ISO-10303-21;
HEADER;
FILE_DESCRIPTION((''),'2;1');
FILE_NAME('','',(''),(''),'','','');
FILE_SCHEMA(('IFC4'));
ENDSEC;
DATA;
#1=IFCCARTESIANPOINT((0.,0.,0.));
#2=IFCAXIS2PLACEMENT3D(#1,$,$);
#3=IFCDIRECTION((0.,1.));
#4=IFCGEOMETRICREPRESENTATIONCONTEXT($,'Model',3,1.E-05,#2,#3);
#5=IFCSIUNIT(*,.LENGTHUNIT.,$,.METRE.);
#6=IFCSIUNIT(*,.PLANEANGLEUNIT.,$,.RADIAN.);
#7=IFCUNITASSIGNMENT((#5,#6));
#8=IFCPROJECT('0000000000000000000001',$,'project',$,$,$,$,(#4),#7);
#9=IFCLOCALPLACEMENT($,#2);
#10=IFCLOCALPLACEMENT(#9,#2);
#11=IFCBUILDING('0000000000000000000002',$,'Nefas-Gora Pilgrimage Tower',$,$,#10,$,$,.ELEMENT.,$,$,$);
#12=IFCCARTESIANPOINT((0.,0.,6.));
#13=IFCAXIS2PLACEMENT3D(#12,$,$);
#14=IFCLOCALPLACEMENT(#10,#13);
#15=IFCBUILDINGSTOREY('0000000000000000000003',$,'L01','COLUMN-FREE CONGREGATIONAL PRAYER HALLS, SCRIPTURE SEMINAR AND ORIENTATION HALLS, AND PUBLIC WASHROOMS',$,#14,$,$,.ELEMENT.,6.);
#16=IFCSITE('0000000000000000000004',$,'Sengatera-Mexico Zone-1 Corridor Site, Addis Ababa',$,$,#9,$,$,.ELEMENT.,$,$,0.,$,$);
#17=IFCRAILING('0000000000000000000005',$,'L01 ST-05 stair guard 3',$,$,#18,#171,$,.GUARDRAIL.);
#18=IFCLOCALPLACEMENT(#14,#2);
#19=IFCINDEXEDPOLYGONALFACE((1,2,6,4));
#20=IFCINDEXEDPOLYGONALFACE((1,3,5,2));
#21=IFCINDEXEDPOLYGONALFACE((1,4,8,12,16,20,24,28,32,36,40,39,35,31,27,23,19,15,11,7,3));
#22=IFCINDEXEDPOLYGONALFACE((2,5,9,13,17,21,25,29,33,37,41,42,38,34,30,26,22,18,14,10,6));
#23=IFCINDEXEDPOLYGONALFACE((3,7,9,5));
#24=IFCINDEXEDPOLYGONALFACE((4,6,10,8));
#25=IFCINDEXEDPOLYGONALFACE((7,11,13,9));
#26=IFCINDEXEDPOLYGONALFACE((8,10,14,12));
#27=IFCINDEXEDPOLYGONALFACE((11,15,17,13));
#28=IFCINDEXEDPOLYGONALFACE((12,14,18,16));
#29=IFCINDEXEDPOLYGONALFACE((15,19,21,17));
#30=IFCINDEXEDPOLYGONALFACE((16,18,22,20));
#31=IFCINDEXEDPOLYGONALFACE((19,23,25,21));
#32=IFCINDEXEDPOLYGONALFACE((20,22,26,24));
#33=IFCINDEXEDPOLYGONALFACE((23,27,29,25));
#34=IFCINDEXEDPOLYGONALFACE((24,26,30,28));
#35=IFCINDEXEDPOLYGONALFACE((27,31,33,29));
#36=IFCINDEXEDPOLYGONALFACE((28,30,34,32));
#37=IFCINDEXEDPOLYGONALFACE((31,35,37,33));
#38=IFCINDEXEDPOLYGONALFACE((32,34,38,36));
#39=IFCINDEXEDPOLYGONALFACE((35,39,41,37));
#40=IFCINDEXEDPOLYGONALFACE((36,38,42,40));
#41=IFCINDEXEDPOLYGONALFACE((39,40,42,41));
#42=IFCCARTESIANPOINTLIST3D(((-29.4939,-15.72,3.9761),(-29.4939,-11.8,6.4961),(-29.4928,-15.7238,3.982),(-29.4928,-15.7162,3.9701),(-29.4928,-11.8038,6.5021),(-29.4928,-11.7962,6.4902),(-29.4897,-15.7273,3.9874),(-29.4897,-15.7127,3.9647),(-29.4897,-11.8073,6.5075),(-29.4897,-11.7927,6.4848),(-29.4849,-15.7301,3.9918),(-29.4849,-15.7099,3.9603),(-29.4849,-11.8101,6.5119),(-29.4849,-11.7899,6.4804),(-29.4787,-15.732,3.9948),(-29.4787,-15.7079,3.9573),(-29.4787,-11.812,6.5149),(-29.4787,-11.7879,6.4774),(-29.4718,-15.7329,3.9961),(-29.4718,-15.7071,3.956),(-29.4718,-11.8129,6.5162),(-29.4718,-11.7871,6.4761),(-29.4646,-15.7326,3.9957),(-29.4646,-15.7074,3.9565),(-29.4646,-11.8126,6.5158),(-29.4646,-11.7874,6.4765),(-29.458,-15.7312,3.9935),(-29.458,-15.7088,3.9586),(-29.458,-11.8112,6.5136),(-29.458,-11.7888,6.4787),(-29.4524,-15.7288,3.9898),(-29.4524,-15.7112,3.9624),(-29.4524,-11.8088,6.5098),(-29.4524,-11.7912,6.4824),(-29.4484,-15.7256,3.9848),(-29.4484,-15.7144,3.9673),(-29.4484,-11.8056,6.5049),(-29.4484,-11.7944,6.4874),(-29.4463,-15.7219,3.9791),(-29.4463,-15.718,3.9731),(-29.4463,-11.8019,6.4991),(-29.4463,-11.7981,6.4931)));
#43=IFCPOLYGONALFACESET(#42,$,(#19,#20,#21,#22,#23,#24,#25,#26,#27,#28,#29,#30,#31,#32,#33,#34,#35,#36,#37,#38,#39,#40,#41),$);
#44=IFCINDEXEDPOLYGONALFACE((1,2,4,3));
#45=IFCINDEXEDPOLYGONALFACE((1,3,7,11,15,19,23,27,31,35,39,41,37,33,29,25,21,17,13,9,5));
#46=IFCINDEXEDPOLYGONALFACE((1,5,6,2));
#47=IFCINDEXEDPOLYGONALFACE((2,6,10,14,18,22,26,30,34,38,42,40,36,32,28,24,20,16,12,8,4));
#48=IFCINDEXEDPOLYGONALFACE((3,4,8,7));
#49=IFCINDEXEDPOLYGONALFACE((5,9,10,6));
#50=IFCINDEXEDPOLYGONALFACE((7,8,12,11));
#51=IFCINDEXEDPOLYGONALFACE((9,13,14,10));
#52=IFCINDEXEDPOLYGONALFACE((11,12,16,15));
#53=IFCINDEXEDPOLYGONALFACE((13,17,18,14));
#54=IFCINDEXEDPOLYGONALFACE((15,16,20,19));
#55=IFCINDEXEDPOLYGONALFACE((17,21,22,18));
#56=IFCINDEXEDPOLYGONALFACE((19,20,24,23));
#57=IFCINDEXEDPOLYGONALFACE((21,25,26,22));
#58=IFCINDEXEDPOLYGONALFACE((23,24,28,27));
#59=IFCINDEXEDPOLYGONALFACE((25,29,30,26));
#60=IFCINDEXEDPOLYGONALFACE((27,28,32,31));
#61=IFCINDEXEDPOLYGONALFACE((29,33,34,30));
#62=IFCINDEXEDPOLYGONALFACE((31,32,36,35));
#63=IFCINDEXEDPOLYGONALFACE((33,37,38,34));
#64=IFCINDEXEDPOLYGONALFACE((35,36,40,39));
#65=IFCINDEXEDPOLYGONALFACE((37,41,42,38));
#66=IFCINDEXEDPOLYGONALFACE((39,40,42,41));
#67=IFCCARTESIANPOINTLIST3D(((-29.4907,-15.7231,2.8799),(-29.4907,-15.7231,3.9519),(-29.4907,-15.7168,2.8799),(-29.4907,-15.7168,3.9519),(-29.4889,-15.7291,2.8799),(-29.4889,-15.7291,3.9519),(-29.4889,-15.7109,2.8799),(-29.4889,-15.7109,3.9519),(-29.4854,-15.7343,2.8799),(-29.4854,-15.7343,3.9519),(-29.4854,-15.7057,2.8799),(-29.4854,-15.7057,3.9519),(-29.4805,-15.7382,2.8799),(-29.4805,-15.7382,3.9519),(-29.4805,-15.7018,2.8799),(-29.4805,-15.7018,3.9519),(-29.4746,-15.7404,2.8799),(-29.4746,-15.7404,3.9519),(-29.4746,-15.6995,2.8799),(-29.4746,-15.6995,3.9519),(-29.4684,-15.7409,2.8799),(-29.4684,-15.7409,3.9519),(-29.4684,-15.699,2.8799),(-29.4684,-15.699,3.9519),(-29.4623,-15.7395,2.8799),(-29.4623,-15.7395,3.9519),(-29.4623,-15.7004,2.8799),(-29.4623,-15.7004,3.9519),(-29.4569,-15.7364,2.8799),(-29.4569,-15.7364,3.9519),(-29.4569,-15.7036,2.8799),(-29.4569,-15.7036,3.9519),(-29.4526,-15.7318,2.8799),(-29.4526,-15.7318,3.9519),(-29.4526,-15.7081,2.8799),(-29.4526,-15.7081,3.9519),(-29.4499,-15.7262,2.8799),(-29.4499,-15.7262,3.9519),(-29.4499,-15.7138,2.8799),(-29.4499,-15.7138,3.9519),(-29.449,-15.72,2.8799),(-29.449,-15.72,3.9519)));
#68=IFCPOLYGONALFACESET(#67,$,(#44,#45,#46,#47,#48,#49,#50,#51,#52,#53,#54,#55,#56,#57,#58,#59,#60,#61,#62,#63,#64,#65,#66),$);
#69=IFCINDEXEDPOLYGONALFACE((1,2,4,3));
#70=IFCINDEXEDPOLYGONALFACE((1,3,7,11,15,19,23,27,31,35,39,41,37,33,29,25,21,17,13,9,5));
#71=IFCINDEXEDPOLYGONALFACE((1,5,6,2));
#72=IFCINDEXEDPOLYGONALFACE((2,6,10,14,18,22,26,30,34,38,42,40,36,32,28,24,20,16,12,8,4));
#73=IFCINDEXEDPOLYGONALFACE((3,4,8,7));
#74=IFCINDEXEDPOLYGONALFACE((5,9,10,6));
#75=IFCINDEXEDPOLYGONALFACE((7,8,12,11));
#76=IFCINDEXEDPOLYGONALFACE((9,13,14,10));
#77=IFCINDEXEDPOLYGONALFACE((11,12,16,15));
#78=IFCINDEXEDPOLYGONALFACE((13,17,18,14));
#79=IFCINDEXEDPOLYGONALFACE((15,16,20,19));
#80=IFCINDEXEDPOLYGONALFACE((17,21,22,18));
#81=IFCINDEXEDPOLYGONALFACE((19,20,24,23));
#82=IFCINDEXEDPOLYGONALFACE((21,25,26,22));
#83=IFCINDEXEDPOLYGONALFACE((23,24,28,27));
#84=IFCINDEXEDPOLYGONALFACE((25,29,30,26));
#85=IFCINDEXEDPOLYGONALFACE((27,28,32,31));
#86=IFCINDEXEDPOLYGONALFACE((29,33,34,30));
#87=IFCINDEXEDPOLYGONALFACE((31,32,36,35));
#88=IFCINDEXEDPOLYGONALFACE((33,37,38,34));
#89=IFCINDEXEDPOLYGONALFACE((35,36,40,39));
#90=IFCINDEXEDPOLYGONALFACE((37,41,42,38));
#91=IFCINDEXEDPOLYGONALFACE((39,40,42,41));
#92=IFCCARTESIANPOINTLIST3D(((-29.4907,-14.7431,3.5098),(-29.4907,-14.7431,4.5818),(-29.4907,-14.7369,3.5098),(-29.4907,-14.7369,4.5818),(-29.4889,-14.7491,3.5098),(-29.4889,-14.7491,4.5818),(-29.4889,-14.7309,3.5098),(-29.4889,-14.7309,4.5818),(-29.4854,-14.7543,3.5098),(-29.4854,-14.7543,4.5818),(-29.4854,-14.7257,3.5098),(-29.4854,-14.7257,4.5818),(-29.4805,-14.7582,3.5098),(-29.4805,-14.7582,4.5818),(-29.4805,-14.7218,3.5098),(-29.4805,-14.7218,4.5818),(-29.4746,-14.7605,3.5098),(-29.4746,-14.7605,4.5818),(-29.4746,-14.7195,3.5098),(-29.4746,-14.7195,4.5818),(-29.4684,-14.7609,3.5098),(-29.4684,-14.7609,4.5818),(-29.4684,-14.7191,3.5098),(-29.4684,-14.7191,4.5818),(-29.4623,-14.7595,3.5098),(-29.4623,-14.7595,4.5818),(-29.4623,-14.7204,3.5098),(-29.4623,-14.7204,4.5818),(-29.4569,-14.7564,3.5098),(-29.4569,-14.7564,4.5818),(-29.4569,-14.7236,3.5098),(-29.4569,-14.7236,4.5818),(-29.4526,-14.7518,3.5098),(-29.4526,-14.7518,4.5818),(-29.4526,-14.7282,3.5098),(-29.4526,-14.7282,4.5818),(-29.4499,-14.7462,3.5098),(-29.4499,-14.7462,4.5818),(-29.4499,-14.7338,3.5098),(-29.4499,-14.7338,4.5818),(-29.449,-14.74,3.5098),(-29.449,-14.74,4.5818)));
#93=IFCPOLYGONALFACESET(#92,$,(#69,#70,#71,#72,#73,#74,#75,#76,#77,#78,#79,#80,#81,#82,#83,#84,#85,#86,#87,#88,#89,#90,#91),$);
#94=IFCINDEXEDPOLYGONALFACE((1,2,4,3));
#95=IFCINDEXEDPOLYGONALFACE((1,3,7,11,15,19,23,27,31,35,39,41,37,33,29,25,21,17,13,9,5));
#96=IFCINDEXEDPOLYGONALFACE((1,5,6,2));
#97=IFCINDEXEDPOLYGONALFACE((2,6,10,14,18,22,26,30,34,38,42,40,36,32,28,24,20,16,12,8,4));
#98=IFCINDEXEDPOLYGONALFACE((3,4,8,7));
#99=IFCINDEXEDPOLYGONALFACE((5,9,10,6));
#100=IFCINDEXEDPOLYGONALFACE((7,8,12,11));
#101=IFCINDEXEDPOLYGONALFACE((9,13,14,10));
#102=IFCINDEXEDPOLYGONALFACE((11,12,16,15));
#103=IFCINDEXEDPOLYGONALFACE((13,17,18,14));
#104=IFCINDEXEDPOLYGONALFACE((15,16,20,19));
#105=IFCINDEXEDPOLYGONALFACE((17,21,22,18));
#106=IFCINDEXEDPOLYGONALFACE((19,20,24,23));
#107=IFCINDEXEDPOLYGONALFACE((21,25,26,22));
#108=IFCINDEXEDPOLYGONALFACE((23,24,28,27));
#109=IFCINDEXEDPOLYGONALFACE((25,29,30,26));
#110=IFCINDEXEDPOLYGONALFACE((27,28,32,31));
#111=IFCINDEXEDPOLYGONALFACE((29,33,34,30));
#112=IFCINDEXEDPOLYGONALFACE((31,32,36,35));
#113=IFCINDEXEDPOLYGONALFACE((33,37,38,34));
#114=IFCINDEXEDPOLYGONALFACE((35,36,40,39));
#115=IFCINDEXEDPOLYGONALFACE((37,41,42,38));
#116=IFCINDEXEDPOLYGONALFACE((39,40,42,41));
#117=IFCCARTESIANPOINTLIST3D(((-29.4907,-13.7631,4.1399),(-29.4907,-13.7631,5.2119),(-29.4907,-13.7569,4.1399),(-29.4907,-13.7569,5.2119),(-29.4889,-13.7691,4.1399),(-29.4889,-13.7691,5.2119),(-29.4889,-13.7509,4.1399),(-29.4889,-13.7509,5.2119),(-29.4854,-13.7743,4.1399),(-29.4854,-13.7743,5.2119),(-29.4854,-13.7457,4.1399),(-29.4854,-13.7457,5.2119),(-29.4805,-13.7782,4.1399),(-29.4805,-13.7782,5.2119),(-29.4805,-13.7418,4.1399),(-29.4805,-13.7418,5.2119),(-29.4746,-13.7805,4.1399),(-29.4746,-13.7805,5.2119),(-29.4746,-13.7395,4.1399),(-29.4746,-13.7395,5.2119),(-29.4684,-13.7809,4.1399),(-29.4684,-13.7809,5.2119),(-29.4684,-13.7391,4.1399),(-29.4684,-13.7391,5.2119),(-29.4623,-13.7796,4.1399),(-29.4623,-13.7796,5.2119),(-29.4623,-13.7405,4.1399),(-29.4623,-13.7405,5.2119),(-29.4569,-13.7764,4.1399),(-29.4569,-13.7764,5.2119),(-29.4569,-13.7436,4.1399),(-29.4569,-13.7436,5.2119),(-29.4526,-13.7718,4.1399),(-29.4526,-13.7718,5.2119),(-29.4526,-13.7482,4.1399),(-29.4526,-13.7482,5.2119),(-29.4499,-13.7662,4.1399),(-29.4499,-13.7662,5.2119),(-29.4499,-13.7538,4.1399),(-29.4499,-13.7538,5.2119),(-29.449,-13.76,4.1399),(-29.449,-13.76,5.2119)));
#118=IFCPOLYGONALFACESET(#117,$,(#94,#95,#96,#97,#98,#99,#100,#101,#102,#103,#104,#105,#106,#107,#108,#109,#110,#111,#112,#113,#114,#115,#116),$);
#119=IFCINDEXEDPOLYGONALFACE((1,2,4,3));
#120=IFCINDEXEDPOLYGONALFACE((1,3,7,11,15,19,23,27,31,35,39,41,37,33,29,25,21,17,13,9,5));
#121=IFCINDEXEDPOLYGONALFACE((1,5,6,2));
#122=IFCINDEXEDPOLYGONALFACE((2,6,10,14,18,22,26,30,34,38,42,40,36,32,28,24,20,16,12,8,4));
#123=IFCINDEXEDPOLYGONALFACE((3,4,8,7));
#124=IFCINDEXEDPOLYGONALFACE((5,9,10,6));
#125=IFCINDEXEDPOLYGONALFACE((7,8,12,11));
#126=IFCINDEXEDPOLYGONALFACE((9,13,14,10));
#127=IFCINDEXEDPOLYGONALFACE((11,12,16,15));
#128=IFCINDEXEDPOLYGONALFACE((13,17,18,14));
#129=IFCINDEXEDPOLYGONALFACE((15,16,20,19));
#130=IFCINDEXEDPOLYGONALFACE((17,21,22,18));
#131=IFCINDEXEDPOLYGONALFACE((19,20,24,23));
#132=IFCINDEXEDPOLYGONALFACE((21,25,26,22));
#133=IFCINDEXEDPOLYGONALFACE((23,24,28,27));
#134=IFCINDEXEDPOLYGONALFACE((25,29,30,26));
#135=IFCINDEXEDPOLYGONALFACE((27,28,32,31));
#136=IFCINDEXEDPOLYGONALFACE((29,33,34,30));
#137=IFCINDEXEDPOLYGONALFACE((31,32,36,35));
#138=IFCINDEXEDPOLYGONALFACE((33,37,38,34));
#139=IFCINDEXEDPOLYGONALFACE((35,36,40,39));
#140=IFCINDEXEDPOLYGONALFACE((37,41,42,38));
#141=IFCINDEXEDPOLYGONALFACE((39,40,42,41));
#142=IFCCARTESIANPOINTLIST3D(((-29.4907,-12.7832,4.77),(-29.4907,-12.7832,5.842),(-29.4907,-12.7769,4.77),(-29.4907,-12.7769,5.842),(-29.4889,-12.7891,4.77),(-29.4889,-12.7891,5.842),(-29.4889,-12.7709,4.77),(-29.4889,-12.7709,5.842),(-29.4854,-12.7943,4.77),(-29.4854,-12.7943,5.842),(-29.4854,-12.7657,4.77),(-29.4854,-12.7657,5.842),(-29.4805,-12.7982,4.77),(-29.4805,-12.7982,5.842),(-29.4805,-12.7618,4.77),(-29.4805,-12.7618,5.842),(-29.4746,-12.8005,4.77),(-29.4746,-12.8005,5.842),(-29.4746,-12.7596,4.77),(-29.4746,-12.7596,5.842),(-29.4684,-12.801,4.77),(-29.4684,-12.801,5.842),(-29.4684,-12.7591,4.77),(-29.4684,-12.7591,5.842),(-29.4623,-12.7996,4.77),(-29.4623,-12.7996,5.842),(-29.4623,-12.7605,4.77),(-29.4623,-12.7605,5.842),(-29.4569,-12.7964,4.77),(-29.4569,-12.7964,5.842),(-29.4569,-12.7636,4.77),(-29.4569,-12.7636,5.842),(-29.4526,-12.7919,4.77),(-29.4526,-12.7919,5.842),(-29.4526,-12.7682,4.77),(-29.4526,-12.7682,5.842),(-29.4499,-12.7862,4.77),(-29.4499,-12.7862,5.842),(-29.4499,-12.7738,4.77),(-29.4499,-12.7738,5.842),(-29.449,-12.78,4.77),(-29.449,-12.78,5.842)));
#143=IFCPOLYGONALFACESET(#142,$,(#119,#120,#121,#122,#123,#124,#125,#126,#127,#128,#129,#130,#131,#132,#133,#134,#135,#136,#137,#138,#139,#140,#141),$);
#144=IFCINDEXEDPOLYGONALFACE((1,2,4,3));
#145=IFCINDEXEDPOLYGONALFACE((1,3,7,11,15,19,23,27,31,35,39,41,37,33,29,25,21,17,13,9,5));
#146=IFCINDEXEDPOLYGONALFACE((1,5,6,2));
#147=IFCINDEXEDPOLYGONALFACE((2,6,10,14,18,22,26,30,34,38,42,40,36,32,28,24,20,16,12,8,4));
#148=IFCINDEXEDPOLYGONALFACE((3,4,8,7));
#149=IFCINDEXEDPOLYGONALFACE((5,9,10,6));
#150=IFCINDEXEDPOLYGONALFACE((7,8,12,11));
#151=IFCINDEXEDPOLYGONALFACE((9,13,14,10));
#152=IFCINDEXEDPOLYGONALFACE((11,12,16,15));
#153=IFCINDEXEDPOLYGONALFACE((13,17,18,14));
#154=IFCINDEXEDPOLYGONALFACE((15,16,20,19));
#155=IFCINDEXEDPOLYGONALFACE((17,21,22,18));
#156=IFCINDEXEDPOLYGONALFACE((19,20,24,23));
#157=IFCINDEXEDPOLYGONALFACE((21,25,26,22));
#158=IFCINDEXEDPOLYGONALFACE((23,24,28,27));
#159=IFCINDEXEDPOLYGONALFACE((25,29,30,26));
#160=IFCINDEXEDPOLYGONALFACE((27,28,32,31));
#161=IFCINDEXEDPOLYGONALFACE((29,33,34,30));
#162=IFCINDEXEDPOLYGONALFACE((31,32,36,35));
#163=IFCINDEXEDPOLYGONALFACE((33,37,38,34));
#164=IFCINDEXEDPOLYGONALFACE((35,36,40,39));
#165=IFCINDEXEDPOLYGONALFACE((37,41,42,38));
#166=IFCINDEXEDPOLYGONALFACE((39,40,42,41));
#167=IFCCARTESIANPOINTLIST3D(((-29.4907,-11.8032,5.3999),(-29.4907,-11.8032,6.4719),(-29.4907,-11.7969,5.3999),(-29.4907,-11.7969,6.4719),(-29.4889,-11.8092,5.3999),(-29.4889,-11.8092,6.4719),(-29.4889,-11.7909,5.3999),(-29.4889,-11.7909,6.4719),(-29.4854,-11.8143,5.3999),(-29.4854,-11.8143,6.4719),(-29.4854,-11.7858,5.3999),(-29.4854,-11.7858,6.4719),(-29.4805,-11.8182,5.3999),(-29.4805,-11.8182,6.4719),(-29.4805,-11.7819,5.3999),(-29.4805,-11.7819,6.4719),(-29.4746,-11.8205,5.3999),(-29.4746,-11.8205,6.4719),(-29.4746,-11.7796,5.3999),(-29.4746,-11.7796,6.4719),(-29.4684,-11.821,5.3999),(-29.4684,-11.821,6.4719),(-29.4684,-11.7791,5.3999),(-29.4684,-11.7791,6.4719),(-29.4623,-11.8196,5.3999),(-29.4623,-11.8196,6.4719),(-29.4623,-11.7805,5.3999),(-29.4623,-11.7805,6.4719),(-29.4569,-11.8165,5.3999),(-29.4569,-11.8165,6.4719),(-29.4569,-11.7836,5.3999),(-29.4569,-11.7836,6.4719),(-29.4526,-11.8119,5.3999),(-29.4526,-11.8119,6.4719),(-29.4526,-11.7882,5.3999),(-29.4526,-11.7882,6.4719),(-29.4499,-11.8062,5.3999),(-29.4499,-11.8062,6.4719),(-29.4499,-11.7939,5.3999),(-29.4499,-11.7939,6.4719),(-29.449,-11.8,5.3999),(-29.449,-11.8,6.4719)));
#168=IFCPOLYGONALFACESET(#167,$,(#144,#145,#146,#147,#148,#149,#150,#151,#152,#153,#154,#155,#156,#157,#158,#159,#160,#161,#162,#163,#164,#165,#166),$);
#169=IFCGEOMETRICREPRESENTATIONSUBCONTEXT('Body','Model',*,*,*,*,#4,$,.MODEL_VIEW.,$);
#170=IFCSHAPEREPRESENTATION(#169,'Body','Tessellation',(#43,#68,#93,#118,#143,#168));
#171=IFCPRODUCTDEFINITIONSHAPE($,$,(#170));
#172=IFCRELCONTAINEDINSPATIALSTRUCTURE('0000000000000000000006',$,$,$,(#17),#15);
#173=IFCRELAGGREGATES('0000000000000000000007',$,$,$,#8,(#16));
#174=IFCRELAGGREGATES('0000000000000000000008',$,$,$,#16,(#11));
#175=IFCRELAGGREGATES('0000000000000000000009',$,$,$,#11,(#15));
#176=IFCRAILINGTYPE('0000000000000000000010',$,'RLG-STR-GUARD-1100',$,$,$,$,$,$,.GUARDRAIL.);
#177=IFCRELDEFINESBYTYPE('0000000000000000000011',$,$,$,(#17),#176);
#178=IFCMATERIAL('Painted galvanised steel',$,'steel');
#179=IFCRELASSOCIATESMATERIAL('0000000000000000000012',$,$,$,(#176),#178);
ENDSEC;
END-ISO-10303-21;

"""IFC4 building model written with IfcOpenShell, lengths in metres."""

from ifc_helpers import new_model, si_unit, direction, frame, origin, origin_2d, place, context, subcontext, project, spatial, circle, extrude, material, type_object, element, save


model = new_model("IFC4")

# Units and contexts
model_context = context("Model", 3, precision=1e-05, world=origin(), true_north=direction((0.0, 1.0)))
body_context = subcontext(model_context, "Body", "Model", "MODEL_VIEW")
ifc_project = project(units=[si_unit("LENGTHUNIT", "METRE"), si_unit("PLANEANGLEUNIT", "RADIAN")], contexts=[model_context])

# Site, building, storey
site_placement = place(None, origin())
site = spatial("IfcSite", under=ifc_project, at=site_placement, Name="Sengatera-Mexico Zone-1 Corridor Site, Addis Ababa", CompositionType="ELEMENT", RefElevation=0.0)
building_placement = place(site_placement, origin())
building = spatial("IfcBuilding", under=site, at=building_placement, Name="Nefas-Gora Pilgrimage Tower", CompositionType="ELEMENT")
storey_placement = place(building_placement, frame((0.0, 0.0, 6.0)))
storey = spatial("IfcBuildingStorey", under=building, at=storey_placement, Name="L01", Description="COLUMN-FREE CONGREGATIONAL PRAYER HALLS, SCRIPTURE SEMINAR AND ORIENTATION HALLS, AND PUBLIC WASHROOMS", CompositionType="ELEMENT", Elevation=6.0)

# Railing
ifc_material_1 = material(Name="Painted galvanised steel", Category="steel")
railing_type_1 = type_object("IfcRailingType", Name="RLG-STR-GUARD-1100", PredefinedType="GUARDRAIL", material=ifc_material_1)
railing_1_placement = place(storey_placement, frame((-29.47, -15.72, 2.8799)))
element("IfcRailing", 1, at=railing_1_placement, inside=storey, type_object=railing_type_1, Name="L01 ST-05 stair guard 3", PredefinedType="GUARDRAIL", context=body_context, shape_type="SweptSolid", body=[
    extrude(circle(Radius=0.0239, at=origin_2d()), frame((0.0, 0.0, 1.0962), z_axis=(0.0, 0.841172, 0.540768), x_axis=(-1.0, 0.0, 0.0)), (0.0, 0.0, 1.0), 4.6602),
    extrude(circle(Radius=0.021, at=origin_2d()), origin(), (0.0, 0.0, 1.0), 1.072),
    extrude(circle(Radius=0.021, at=origin_2d()), frame((0.0, 0.98, 0.6299)), (0.0, 0.0, 1.0), 1.072),
    extrude(circle(Radius=0.021, at=origin_2d()), frame((0.0, 1.96, 1.26)), (0.0, 0.0, 1.0), 1.072),
    extrude(circle(Radius=0.021, at=origin_2d()), frame((0.0, 2.9399, 1.8901)), (0.0, 0.0, 1.0), 1.072),
    extrude(circle(Radius=0.021, at=origin_2d()), frame((0.0, 3.9199, 2.52)), (0.0, 0.0, 1.0), 1.072),
])

save(model, "model.ifc")
